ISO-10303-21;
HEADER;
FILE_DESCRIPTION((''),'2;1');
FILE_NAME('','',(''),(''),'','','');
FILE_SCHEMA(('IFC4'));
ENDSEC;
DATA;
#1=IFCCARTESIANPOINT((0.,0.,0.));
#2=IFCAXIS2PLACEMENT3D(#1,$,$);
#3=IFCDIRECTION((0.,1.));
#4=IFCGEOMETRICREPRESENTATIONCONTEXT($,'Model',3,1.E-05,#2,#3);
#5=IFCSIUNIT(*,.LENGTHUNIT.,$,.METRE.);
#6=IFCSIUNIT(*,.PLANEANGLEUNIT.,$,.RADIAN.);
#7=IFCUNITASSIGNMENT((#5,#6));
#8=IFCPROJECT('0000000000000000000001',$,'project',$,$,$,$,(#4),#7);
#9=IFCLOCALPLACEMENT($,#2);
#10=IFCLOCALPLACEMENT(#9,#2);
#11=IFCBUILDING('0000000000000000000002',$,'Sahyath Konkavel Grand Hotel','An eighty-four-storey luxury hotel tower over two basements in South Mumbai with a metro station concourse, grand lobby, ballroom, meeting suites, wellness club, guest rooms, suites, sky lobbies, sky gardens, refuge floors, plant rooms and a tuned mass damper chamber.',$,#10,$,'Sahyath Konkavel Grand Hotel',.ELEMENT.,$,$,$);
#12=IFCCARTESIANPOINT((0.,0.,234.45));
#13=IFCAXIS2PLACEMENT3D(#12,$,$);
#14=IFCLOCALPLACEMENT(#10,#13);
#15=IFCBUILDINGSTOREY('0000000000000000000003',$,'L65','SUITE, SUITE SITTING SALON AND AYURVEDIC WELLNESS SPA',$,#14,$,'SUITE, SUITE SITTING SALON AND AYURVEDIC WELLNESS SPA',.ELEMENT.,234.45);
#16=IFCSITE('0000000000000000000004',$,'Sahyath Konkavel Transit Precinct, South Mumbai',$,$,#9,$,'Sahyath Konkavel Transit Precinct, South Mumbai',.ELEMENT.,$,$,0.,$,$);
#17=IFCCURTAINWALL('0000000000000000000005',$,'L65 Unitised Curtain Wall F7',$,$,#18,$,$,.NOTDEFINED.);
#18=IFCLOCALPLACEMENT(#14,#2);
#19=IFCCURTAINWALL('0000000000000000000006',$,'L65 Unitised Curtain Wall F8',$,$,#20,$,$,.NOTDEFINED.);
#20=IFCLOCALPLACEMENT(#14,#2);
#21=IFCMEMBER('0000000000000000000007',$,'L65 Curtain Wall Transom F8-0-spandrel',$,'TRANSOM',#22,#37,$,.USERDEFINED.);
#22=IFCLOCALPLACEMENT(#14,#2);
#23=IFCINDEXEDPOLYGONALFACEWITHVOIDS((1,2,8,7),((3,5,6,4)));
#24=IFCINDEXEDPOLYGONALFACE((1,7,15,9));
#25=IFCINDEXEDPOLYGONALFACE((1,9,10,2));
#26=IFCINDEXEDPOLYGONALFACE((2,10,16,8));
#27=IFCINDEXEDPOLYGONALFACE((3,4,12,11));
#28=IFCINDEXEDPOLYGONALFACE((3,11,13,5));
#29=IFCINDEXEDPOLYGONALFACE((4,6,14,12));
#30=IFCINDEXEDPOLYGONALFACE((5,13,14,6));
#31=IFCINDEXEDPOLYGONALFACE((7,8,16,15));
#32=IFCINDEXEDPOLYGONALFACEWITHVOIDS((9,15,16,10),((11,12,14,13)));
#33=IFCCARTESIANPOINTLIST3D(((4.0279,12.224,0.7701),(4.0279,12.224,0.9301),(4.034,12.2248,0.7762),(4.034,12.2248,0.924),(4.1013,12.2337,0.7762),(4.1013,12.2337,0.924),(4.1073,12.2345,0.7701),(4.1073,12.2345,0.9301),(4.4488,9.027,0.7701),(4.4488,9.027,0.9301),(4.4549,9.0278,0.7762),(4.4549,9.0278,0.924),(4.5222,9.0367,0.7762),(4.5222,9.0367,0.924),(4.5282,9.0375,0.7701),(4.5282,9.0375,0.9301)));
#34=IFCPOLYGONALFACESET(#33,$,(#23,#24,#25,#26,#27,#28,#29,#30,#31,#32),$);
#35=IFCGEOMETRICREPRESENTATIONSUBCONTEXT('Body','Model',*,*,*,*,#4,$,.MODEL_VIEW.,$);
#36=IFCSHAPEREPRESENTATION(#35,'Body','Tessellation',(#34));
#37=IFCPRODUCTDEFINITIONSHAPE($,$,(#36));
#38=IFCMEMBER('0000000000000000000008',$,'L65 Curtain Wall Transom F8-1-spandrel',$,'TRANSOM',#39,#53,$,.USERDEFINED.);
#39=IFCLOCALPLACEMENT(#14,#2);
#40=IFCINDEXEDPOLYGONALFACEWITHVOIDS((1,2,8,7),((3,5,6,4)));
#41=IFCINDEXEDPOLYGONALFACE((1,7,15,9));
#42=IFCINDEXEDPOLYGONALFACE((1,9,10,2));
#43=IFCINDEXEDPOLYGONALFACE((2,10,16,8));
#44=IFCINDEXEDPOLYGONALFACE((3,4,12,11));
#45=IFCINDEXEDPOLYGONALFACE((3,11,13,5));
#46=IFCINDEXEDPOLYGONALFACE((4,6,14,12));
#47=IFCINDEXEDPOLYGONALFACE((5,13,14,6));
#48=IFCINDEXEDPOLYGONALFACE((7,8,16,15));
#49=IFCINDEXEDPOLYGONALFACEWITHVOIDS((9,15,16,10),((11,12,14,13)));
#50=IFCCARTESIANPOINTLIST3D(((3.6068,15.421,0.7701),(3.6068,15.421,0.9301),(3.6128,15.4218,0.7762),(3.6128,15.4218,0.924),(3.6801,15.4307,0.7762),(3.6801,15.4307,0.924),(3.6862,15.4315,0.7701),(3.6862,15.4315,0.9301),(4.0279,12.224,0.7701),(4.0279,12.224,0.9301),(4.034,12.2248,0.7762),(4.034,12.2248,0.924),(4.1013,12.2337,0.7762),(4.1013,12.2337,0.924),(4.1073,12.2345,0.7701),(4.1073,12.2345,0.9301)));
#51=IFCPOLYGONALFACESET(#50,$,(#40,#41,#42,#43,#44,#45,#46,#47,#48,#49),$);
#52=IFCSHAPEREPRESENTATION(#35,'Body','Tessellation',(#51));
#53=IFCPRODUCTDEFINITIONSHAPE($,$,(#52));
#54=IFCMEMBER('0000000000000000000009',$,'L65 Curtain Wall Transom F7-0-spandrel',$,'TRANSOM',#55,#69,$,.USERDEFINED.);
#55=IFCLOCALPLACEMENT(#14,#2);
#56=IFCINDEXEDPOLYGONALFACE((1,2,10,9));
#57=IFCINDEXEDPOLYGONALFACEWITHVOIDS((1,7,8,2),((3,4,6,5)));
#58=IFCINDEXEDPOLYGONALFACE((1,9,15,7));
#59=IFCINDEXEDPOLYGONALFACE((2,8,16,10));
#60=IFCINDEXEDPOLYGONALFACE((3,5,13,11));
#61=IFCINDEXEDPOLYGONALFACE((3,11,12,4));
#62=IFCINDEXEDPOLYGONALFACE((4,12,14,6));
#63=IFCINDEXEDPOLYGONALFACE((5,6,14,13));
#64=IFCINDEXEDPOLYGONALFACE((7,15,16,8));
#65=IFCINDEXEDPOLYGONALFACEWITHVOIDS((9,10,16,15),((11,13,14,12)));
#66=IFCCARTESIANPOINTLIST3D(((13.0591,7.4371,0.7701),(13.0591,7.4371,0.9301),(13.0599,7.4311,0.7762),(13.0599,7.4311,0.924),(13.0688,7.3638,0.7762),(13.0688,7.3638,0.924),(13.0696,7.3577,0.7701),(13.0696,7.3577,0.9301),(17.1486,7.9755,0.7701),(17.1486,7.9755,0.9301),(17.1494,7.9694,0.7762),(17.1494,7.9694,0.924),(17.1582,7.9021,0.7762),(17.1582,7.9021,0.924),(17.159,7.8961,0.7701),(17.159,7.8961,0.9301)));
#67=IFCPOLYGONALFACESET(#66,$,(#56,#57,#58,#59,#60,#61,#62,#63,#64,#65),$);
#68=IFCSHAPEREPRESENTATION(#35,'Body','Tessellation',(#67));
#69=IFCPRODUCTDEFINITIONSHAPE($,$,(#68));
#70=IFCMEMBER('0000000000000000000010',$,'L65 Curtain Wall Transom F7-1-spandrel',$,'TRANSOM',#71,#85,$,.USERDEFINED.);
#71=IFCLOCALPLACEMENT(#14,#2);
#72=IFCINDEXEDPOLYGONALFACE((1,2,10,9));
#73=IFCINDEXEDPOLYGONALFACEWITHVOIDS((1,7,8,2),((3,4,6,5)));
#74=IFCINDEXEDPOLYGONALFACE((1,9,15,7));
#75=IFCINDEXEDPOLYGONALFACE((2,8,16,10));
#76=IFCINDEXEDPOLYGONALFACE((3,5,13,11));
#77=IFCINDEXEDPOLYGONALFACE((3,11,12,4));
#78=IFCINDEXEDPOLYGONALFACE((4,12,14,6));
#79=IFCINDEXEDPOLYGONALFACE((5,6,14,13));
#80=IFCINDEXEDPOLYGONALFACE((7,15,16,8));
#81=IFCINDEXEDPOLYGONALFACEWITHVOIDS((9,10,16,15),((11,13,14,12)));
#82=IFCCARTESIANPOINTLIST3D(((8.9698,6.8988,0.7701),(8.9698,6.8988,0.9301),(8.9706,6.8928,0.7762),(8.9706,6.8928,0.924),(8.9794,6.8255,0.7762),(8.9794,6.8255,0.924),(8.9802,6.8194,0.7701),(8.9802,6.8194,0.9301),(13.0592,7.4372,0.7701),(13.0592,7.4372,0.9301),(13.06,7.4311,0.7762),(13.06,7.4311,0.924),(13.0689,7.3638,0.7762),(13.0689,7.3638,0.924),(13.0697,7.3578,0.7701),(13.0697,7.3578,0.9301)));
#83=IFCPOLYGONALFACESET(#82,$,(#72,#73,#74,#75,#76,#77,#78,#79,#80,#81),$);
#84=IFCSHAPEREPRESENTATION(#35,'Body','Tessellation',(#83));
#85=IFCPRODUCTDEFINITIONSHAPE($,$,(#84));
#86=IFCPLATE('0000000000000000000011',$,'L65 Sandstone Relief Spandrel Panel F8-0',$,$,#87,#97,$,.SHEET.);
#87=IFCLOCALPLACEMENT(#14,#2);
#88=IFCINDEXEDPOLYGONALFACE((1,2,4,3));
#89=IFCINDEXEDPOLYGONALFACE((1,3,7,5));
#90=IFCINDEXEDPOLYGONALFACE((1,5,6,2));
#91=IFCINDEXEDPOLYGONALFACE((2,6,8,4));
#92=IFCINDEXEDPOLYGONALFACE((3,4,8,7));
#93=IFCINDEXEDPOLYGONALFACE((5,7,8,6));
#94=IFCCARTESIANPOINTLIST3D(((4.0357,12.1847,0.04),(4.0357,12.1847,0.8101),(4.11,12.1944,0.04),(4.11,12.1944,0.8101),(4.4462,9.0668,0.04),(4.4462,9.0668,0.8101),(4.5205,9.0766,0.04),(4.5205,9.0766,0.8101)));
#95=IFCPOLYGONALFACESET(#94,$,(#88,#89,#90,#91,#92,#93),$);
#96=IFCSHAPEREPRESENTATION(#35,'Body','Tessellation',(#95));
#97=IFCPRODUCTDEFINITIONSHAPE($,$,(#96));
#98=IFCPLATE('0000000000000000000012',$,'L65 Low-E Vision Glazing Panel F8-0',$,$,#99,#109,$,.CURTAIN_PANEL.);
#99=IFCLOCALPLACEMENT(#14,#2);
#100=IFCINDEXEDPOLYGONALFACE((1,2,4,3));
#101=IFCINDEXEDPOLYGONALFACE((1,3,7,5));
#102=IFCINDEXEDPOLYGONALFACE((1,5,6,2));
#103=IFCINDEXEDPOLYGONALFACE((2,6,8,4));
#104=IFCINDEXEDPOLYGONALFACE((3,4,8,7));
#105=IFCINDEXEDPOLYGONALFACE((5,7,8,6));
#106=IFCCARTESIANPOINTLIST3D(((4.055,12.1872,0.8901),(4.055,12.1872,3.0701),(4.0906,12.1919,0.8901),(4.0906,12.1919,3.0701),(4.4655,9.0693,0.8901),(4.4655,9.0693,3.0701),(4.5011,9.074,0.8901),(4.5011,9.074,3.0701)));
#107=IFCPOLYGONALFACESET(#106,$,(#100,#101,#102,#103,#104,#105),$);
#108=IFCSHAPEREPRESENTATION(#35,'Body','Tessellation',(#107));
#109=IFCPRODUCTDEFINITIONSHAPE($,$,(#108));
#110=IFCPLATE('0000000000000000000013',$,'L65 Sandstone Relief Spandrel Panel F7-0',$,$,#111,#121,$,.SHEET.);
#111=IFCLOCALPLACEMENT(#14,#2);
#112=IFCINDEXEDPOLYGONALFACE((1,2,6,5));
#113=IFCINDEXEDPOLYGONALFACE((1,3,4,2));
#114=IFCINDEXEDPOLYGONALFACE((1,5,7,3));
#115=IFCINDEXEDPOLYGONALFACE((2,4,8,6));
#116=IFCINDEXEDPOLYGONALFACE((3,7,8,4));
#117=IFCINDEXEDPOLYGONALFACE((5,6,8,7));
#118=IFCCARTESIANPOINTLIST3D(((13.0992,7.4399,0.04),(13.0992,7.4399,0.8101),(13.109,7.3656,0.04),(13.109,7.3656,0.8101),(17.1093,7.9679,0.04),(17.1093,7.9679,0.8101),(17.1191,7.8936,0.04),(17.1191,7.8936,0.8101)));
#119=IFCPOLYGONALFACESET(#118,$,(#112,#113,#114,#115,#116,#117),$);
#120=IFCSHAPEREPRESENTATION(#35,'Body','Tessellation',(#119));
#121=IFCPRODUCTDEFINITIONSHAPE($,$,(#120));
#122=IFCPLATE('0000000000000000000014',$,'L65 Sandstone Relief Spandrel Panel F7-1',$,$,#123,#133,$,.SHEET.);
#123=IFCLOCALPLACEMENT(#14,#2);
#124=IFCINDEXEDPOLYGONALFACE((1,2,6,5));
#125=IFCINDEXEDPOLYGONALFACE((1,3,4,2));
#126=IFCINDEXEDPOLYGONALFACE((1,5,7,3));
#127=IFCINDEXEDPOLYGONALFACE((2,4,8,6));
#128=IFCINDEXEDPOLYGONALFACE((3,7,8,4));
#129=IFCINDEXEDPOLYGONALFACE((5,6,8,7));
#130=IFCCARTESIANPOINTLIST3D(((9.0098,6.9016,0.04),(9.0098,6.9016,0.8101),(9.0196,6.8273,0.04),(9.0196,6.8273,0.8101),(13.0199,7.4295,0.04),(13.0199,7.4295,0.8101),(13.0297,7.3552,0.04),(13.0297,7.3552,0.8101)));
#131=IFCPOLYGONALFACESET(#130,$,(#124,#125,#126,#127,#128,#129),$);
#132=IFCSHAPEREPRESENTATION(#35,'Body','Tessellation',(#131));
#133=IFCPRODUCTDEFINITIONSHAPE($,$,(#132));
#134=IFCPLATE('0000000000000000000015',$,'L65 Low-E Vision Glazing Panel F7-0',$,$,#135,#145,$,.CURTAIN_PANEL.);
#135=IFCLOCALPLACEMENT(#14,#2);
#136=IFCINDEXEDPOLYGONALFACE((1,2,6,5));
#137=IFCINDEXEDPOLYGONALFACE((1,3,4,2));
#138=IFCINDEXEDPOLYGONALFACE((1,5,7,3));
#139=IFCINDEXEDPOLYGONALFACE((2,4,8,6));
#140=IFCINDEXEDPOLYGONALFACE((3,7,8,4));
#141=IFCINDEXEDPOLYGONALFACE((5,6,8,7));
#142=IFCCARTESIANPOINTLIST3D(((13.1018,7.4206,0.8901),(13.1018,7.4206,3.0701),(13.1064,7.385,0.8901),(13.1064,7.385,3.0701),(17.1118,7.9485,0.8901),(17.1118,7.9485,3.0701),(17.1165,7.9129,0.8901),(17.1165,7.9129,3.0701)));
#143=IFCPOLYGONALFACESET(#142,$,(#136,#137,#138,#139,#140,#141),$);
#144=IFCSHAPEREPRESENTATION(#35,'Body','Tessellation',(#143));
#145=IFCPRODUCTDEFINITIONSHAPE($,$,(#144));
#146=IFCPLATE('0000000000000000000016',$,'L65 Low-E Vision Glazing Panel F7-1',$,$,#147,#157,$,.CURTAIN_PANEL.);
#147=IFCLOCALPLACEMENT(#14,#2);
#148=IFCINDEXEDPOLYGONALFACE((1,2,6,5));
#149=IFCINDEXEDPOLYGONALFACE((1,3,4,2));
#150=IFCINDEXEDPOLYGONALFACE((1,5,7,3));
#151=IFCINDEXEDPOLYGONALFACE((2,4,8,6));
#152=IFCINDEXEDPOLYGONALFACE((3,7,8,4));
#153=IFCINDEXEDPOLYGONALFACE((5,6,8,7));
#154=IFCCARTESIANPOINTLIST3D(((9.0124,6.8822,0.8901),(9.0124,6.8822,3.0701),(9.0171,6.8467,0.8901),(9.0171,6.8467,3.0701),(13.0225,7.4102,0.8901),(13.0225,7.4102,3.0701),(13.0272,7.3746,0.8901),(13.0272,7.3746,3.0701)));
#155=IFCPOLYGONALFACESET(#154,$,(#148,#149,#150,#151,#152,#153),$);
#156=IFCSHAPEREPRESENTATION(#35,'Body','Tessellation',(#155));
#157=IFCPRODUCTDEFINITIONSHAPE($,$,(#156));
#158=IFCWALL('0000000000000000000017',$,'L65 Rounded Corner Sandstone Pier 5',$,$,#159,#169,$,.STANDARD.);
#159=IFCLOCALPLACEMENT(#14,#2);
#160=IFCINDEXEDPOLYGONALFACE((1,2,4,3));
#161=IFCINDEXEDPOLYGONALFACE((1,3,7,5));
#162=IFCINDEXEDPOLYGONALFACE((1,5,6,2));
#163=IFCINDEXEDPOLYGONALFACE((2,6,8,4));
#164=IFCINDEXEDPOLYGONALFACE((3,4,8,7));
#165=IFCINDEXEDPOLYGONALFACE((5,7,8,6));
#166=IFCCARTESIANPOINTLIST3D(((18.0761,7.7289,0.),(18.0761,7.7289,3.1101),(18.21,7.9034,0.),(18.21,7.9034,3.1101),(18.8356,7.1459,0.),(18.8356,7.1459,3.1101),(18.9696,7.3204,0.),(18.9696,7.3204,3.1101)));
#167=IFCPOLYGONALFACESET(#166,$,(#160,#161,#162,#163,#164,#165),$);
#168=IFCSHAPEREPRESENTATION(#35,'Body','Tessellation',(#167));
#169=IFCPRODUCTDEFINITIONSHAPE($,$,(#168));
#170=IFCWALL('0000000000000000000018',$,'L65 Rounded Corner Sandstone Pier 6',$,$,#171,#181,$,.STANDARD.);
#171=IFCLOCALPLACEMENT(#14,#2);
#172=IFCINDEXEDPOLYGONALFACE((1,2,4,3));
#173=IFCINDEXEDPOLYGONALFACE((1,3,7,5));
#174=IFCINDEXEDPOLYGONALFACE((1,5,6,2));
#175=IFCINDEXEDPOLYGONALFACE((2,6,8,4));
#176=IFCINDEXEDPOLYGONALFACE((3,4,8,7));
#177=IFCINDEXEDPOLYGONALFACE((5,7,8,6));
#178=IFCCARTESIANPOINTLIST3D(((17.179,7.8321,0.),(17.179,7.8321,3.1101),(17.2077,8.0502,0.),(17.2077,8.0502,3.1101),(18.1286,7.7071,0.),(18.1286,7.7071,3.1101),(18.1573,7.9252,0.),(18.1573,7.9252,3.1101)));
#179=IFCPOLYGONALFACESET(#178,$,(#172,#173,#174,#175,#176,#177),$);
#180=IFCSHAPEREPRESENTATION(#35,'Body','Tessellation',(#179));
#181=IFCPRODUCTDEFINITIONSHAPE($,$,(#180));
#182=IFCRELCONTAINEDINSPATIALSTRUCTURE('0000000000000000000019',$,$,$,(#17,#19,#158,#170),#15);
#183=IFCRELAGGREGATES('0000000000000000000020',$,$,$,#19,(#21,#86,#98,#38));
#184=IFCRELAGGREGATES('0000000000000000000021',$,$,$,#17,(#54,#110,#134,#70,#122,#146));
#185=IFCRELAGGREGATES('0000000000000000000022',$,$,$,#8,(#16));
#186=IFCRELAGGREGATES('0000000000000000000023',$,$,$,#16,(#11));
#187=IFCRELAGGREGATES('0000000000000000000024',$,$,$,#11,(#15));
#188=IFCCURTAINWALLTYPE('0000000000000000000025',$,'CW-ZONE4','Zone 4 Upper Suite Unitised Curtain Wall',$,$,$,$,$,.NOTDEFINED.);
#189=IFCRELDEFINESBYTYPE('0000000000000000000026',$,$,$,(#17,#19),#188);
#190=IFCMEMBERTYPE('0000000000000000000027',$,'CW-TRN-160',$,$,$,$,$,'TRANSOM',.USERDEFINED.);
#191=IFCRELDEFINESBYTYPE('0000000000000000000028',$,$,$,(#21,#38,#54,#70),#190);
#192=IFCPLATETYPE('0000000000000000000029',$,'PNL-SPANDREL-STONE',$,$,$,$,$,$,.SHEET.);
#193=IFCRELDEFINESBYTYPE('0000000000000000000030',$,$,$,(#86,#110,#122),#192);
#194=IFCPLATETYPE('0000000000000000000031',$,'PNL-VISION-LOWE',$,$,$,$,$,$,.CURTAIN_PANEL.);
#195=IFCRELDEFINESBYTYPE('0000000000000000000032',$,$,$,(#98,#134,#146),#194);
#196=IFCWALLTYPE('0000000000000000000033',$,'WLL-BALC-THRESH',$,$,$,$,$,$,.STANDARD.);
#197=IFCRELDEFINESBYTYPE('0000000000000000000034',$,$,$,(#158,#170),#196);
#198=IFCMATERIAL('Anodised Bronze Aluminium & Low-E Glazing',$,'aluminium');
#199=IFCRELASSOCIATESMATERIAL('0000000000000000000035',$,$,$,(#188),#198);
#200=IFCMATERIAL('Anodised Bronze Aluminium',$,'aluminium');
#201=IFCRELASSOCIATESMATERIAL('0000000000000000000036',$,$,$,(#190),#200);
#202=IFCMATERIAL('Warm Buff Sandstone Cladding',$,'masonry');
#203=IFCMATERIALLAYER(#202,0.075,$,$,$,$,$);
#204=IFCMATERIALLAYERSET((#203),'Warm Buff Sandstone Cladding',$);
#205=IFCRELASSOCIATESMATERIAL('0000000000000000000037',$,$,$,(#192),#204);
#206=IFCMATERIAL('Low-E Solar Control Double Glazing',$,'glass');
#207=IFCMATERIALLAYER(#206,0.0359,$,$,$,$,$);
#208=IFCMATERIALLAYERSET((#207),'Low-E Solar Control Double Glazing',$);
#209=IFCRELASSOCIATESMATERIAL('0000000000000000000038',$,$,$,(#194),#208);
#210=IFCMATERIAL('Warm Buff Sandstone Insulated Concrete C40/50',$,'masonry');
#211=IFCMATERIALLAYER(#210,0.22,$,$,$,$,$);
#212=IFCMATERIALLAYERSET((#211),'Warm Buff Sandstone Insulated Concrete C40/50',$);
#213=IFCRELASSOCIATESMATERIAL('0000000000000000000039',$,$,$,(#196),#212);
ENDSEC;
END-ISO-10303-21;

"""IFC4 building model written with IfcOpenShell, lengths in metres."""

from ifc_helpers import new_model, si_unit, direction, frame, frame_2d, origin, origin_2d, place, context, subcontext, project, spatial, rectangle, hollow_rectangle, extrude, source, transform, mapped, material, layer, layer_set, material_profile, profile_set, type_object, element, aggregate, save


model = new_model("IFC4")

# Units and contexts
model_context = context("Model", 3, precision=1e-05, world=origin(), true_north=direction((0.0, 1.0)))
body_context = subcontext(model_context, "Body", "Model", "MODEL_VIEW")
ifc_project = project(units=[si_unit("LENGTHUNIT", "METRE"), si_unit("PLANEANGLEUNIT", "RADIAN")], contexts=[model_context])

# Site, building, storey
site_placement = place(None, origin())
site = spatial("IfcSite", under=ifc_project, at=site_placement, Name="Sahyath Konkavel Transit Precinct, South Mumbai", LongName="Sahyath Konkavel Transit Precinct, South Mumbai", CompositionType="ELEMENT", RefElevation=0.0)
building_placement = place(site_placement, origin())
building = spatial("IfcBuilding", under=site, at=building_placement, Name="Sahyath Konkavel Grand Hotel", Description="An eighty-four-storey luxury hotel tower over two basements in South Mumbai with a metro station concourse, grand lobby, ballroom, meeting suites, wellness club, guest rooms, suites, sky lobbies, sky gardens, refuge floors, plant rooms and a tuned mass damper chamber.", LongName="Sahyath Konkavel Grand Hotel", CompositionType="ELEMENT")
storey_placement = place(building_placement, frame((0.0, 0.0, 234.45)))
storey = spatial("IfcBuildingStorey", under=building, at=storey_placement, Name="L65", Description="SUITE, SUITE SITTING SALON AND AYURVEDIC WELLNESS SPA", LongName="SUITE, SUITE SITTING SALON AND AYURVEDIC WELLNESS SPA", CompositionType="ELEMENT", Elevation=234.45)

# Curtain walls
ifc_material_1 = material(Name="Anodised Bronze Aluminium & Low-E Glazing", Category="aluminium")
curtain_wall_type = type_object("IfcCurtainWallType", Name="CW-ZONE4", Description="Zone 4 Upper Suite Unitised Curtain Wall", PredefinedType="NOTDEFINED", material=ifc_material_1)
curtain_wall_1_placement = place(storey_placement, origin())
curtain_wall_1 = element("IfcCurtainWall", 1, at=curtain_wall_1_placement, inside=storey, type_object=curtain_wall_type, Name="L65 Unitised Curtain Wall F7", PredefinedType="NOTDEFINED")
curtain_wall_2_placement = place(storey_placement, origin())
curtain_wall_2 = element("IfcCurtainWall", 2, at=curtain_wall_2_placement, inside=storey, type_object=curtain_wall_type, Name="L65 Unitised Curtain Wall F8", PredefinedType="NOTDEFINED")
ifc_material_2 = material(Name="Anodised Bronze Aluminium", Category="aluminium")

# Members
ifc_material_profile_1 = material_profile(ifc_material_2, hollow_rectangle(XDim=0.0801, YDim=0.1599, WallThickness=0.0061, at=origin_2d()), Name="RHS 160x80x6")
ifc_profile_set_1 = profile_set([ifc_material_profile_1], Name="Anodised Bronze Aluminium")
member_type_1 = type_object("IfcMemberType", Name="CW-TRN-160", ElementType="TRANSOM", PredefinedType="USERDEFINED", material=ifc_profile_set_1)
shared_shape_1 = source(origin(), body_context, "Body", "SweptSolid", [
    extrude(hollow_rectangle(XDim=0.0801, YDim=0.1599, WallThickness=0.0061, at=origin_2d()), origin(), (0.0, 0.0, 1.0), 3.2246),
])
member_1_placement = place(storey_placement, frame((4.4885, 9.0322, 0.8501), z_axis=(-0.130527, 0.991445, 0.0), x_axis=(-0.991445, -0.130527, 0.0)))
member_1 = element("IfcMember", 3, at=member_1_placement, type_object=member_type_1, Name="L65 Curtain Wall Transom F8-0-spandrel", ObjectType="TRANSOM", PredefinedType="USERDEFINED", context=body_context, shape_type="MappedRepresentation", body=[
    mapped(shared_shape_1, transform((0.0, 0.0, 0.0), scale=1.0)),
])
member_2_placement = place(storey_placement, frame((4.0676, 12.2292, 0.8501), z_axis=(-0.130601, 0.991435, 0.0), x_axis=(-0.991435, -0.130601, 0.0)))
member_2 = element("IfcMember", 4, at=member_2_placement, type_object=member_type_1, Name="L65 Curtain Wall Transom F8-1-spandrel", ObjectType="TRANSOM", PredefinedType="USERDEFINED", context=body_context, shape_type="MappedRepresentation", body=[
    mapped(shared_shape_1, transform((0.0, 0.0, 0.0), scale=1.0)),
])
shared_shape_2 = source(origin(), body_context, "Body", "SweptSolid", [
    extrude(hollow_rectangle(XDim=0.0801, YDim=0.1599, WallThickness=0.0061, at=origin_2d()), origin(), (0.0, 0.0, 1.0), 4.1248),
])
member_3_placement = place(storey_placement, frame((17.1538, 7.9358, 0.8501), z_axis=(-0.991446, -0.130516, 0.0), x_axis=(0.130516, -0.991446, 0.0)))
member_3 = element("IfcMember", 5, at=member_3_placement, type_object=member_type_1, Name="L65 Curtain Wall Transom F7-0-spandrel", ObjectType="TRANSOM", PredefinedType="USERDEFINED", context=body_context, shape_type="MappedRepresentation", body=[
    mapped(shared_shape_2, transform((0.0, 0.0, 0.0), scale=1.0)),
])
member_4_placement = place(storey_placement, frame((13.0645, 7.3975, 0.8501), z_axis=(-0.991446, -0.130516, 0.0), x_axis=(0.130516, -0.991446, 0.0)))
member_4 = element("IfcMember", 6, at=member_4_placement, type_object=member_type_1, Name="L65 Curtain Wall Transom F7-1-spandrel", ObjectType="TRANSOM", PredefinedType="USERDEFINED", context=body_context, shape_type="MappedRepresentation", body=[
    mapped(shared_shape_2, transform((0.0, 0.0, 0.0), scale=1.0)),
])

# Plates
ifc_material_3 = material(Name="Warm Buff Sandstone Cladding", Category="masonry")
ifc_layer_1 = layer(ifc_material_3, 0.075)
ifc_layer_set_1 = layer_set([ifc_layer_1], Name="Warm Buff Sandstone Cladding")
plate_type_1 = type_object("IfcPlateType", Name="PNL-SPANDREL-STONE", PredefinedType="SHEET", material=ifc_layer_set_1)
shared_shape_3 = source(origin(), body_context, "Body", "SweptSolid", [
    extrude(rectangle(XDim=3.1448, YDim=0.075, at=origin_2d()), origin(), (0.0, 0.0, 1.0), 0.77),
])
plate_1_placement = place(storey_placement, frame((4.2781, 10.6306, 0.04), z_axis=(0.0, 0.0, 1.0), x_axis=(-0.130526, 0.991445, 0.0)))
plate_1 = element("IfcPlate", 7, at=plate_1_placement, type_object=plate_type_1, Name="L65 Sandstone Relief Spandrel Panel F8-0", PredefinedType="SHEET", context=body_context, shape_type="MappedRepresentation", body=[
    mapped(shared_shape_3, transform((0.0, 0.0, 0.0), scale=1.0)),
])
ifc_material_4 = material(Name="Low-E Solar Control Double Glazing", Category="glass")
ifc_layer_2 = layer(ifc_material_4, 0.0359)
ifc_layer_set_2 = layer_set([ifc_layer_2], Name="Low-E Solar Control Double Glazing")
plate_type_2 = type_object("IfcPlateType", Name="PNL-VISION-LOWE", PredefinedType="CURTAIN_PANEL", material=ifc_layer_set_2)
shared_shape_4 = source(origin(), body_context, "Body", "SweptSolid", [
    extrude(rectangle(XDim=3.1448, YDim=0.0359, at=origin_2d()), origin(), (0.0, 0.0, 1.0), 2.1799),
])
plate_2_placement = place(storey_placement, frame((4.2781, 10.6306, 0.8901), z_axis=(0.0, 0.0, 1.0), x_axis=(-0.130526, 0.991445, 0.0)))
plate_2 = element("IfcPlate", 8, at=plate_2_placement, type_object=plate_type_2, Name="L65 Low-E Vision Glazing Panel F8-0", PredefinedType="CURTAIN_PANEL", context=body_context, shape_type="MappedRepresentation", body=[
    mapped(shared_shape_4, transform((0.0, 0.0, 0.0), scale=1.0)),
])
aggregate(curtain_wall_2, [member_1, plate_1, plate_2, member_2])
shared_shape_5 = source(origin(), body_context, "Body", "SweptSolid", [
    extrude(rectangle(XDim=4.0447, YDim=0.075, at=origin_2d()), origin(), (0.0, 0.0, 1.0), 0.77),
])
plate_3_placement = place(storey_placement, frame((15.1091, 7.6667, 0.04), z_axis=(0.0, 0.0, 1.0), x_axis=(-0.991445, -0.130526, 0.0)))
plate_3 = element("IfcPlate", 9, at=plate_3_placement, type_object=plate_type_1, Name="L65 Sandstone Relief Spandrel Panel F7-0", PredefinedType="SHEET", context=body_context, shape_type="MappedRepresentation", body=[
    mapped(shared_shape_5, transform((0.0, 0.0, 0.0), scale=1.0)),
])
plate_4_placement = place(storey_placement, frame((11.0198, 7.1284, 0.04), z_axis=(0.0, 0.0, 1.0), x_axis=(-0.991445, -0.130526, 0.0)))
plate_4 = element("IfcPlate", 10, at=plate_4_placement, type_object=plate_type_1, Name="L65 Sandstone Relief Spandrel Panel F7-1", PredefinedType="SHEET", context=body_context, shape_type="MappedRepresentation", body=[
    mapped(shared_shape_5, transform((0.0, 0.0, 0.0), scale=1.0)),
])
shared_shape_6 = source(origin(), body_context, "Body", "SweptSolid", [
    extrude(rectangle(XDim=4.0447, YDim=0.0359, at=origin_2d()), origin(), (0.0, 0.0, 1.0), 2.1799),
])
plate_5_placement = place(storey_placement, frame((15.1091, 7.6667, 0.8901), z_axis=(0.0, 0.0, 1.0), x_axis=(-0.991445, -0.130526, 0.0)))
plate_5 = element("IfcPlate", 11, at=plate_5_placement, type_object=plate_type_2, Name="L65 Low-E Vision Glazing Panel F7-0", PredefinedType="CURTAIN_PANEL", context=body_context, shape_type="MappedRepresentation", body=[
    mapped(shared_shape_6, transform((0.0, 0.0, 0.0), scale=1.0)),
])
plate_6_placement = place(storey_placement, frame((11.0198, 7.1284, 0.8901), z_axis=(0.0, 0.0, 1.0), x_axis=(-0.991445, -0.130526, 0.0)))
plate_6 = element("IfcPlate", 12, at=plate_6_placement, type_object=plate_type_2, Name="L65 Low-E Vision Glazing Panel F7-1", PredefinedType="CURTAIN_PANEL", context=body_context, shape_type="MappedRepresentation", body=[
    mapped(shared_shape_6, transform((0.0, 0.0, 0.0), scale=1.0)),
])
aggregate(curtain_wall_1, [member_3, plate_3, plate_5, member_4, plate_4, plate_6])

# Walls
ifc_material_5 = material(Name="Warm Buff Sandstone Insulated Concrete C40/50", Category="masonry")
ifc_layer_3 = layer(ifc_material_5, 0.22)
ifc_layer_set_3 = layer_set([ifc_layer_3], Name="Warm Buff Sandstone Insulated Concrete C40/50")
wall_type_1 = type_object("IfcWallType", Name="WLL-BALC-THRESH", PredefinedType="STANDARD", material=ifc_layer_set_3)
wall_1_placement = place(storey_placement, frame((18.9026, 7.2332, 0.0), z_axis=(0.0, 0.0, 1.0), x_axis=(-0.793249, 0.608897, 0.0)))
element("IfcWall", 13, at=wall_1_placement, inside=storey, type_object=wall_type_1, Name="L65 Rounded Corner Sandstone Pier 5", PredefinedType="STANDARD", context=body_context, shape_type="SweptSolid", body=[
    extrude(rectangle(XDim=0.9575, YDim=0.22, at=frame_2d((0.4788, 0.0))), origin(), (0.0, 0.0, 1.0), 3.1101),
])
wall_2_placement = place(storey_placement, frame((18.1431, 7.8162, 0.0), z_axis=(0.0, 0.0, 1.0), x_axis=(-0.991445, 0.130527, 0.0)))
element("IfcWall", 14, at=wall_2_placement, inside=storey, type_object=wall_type_1, Name="L65 Rounded Corner Sandstone Pier 6", PredefinedType="STANDARD", context=body_context, shape_type="SweptSolid", body=[
    extrude(rectangle(XDim=0.9578, YDim=0.22, at=frame_2d((0.479, 0.0))), origin(), (0.0, 0.0, 1.0), 3.1101),
])

save(model, "model.ifc")
